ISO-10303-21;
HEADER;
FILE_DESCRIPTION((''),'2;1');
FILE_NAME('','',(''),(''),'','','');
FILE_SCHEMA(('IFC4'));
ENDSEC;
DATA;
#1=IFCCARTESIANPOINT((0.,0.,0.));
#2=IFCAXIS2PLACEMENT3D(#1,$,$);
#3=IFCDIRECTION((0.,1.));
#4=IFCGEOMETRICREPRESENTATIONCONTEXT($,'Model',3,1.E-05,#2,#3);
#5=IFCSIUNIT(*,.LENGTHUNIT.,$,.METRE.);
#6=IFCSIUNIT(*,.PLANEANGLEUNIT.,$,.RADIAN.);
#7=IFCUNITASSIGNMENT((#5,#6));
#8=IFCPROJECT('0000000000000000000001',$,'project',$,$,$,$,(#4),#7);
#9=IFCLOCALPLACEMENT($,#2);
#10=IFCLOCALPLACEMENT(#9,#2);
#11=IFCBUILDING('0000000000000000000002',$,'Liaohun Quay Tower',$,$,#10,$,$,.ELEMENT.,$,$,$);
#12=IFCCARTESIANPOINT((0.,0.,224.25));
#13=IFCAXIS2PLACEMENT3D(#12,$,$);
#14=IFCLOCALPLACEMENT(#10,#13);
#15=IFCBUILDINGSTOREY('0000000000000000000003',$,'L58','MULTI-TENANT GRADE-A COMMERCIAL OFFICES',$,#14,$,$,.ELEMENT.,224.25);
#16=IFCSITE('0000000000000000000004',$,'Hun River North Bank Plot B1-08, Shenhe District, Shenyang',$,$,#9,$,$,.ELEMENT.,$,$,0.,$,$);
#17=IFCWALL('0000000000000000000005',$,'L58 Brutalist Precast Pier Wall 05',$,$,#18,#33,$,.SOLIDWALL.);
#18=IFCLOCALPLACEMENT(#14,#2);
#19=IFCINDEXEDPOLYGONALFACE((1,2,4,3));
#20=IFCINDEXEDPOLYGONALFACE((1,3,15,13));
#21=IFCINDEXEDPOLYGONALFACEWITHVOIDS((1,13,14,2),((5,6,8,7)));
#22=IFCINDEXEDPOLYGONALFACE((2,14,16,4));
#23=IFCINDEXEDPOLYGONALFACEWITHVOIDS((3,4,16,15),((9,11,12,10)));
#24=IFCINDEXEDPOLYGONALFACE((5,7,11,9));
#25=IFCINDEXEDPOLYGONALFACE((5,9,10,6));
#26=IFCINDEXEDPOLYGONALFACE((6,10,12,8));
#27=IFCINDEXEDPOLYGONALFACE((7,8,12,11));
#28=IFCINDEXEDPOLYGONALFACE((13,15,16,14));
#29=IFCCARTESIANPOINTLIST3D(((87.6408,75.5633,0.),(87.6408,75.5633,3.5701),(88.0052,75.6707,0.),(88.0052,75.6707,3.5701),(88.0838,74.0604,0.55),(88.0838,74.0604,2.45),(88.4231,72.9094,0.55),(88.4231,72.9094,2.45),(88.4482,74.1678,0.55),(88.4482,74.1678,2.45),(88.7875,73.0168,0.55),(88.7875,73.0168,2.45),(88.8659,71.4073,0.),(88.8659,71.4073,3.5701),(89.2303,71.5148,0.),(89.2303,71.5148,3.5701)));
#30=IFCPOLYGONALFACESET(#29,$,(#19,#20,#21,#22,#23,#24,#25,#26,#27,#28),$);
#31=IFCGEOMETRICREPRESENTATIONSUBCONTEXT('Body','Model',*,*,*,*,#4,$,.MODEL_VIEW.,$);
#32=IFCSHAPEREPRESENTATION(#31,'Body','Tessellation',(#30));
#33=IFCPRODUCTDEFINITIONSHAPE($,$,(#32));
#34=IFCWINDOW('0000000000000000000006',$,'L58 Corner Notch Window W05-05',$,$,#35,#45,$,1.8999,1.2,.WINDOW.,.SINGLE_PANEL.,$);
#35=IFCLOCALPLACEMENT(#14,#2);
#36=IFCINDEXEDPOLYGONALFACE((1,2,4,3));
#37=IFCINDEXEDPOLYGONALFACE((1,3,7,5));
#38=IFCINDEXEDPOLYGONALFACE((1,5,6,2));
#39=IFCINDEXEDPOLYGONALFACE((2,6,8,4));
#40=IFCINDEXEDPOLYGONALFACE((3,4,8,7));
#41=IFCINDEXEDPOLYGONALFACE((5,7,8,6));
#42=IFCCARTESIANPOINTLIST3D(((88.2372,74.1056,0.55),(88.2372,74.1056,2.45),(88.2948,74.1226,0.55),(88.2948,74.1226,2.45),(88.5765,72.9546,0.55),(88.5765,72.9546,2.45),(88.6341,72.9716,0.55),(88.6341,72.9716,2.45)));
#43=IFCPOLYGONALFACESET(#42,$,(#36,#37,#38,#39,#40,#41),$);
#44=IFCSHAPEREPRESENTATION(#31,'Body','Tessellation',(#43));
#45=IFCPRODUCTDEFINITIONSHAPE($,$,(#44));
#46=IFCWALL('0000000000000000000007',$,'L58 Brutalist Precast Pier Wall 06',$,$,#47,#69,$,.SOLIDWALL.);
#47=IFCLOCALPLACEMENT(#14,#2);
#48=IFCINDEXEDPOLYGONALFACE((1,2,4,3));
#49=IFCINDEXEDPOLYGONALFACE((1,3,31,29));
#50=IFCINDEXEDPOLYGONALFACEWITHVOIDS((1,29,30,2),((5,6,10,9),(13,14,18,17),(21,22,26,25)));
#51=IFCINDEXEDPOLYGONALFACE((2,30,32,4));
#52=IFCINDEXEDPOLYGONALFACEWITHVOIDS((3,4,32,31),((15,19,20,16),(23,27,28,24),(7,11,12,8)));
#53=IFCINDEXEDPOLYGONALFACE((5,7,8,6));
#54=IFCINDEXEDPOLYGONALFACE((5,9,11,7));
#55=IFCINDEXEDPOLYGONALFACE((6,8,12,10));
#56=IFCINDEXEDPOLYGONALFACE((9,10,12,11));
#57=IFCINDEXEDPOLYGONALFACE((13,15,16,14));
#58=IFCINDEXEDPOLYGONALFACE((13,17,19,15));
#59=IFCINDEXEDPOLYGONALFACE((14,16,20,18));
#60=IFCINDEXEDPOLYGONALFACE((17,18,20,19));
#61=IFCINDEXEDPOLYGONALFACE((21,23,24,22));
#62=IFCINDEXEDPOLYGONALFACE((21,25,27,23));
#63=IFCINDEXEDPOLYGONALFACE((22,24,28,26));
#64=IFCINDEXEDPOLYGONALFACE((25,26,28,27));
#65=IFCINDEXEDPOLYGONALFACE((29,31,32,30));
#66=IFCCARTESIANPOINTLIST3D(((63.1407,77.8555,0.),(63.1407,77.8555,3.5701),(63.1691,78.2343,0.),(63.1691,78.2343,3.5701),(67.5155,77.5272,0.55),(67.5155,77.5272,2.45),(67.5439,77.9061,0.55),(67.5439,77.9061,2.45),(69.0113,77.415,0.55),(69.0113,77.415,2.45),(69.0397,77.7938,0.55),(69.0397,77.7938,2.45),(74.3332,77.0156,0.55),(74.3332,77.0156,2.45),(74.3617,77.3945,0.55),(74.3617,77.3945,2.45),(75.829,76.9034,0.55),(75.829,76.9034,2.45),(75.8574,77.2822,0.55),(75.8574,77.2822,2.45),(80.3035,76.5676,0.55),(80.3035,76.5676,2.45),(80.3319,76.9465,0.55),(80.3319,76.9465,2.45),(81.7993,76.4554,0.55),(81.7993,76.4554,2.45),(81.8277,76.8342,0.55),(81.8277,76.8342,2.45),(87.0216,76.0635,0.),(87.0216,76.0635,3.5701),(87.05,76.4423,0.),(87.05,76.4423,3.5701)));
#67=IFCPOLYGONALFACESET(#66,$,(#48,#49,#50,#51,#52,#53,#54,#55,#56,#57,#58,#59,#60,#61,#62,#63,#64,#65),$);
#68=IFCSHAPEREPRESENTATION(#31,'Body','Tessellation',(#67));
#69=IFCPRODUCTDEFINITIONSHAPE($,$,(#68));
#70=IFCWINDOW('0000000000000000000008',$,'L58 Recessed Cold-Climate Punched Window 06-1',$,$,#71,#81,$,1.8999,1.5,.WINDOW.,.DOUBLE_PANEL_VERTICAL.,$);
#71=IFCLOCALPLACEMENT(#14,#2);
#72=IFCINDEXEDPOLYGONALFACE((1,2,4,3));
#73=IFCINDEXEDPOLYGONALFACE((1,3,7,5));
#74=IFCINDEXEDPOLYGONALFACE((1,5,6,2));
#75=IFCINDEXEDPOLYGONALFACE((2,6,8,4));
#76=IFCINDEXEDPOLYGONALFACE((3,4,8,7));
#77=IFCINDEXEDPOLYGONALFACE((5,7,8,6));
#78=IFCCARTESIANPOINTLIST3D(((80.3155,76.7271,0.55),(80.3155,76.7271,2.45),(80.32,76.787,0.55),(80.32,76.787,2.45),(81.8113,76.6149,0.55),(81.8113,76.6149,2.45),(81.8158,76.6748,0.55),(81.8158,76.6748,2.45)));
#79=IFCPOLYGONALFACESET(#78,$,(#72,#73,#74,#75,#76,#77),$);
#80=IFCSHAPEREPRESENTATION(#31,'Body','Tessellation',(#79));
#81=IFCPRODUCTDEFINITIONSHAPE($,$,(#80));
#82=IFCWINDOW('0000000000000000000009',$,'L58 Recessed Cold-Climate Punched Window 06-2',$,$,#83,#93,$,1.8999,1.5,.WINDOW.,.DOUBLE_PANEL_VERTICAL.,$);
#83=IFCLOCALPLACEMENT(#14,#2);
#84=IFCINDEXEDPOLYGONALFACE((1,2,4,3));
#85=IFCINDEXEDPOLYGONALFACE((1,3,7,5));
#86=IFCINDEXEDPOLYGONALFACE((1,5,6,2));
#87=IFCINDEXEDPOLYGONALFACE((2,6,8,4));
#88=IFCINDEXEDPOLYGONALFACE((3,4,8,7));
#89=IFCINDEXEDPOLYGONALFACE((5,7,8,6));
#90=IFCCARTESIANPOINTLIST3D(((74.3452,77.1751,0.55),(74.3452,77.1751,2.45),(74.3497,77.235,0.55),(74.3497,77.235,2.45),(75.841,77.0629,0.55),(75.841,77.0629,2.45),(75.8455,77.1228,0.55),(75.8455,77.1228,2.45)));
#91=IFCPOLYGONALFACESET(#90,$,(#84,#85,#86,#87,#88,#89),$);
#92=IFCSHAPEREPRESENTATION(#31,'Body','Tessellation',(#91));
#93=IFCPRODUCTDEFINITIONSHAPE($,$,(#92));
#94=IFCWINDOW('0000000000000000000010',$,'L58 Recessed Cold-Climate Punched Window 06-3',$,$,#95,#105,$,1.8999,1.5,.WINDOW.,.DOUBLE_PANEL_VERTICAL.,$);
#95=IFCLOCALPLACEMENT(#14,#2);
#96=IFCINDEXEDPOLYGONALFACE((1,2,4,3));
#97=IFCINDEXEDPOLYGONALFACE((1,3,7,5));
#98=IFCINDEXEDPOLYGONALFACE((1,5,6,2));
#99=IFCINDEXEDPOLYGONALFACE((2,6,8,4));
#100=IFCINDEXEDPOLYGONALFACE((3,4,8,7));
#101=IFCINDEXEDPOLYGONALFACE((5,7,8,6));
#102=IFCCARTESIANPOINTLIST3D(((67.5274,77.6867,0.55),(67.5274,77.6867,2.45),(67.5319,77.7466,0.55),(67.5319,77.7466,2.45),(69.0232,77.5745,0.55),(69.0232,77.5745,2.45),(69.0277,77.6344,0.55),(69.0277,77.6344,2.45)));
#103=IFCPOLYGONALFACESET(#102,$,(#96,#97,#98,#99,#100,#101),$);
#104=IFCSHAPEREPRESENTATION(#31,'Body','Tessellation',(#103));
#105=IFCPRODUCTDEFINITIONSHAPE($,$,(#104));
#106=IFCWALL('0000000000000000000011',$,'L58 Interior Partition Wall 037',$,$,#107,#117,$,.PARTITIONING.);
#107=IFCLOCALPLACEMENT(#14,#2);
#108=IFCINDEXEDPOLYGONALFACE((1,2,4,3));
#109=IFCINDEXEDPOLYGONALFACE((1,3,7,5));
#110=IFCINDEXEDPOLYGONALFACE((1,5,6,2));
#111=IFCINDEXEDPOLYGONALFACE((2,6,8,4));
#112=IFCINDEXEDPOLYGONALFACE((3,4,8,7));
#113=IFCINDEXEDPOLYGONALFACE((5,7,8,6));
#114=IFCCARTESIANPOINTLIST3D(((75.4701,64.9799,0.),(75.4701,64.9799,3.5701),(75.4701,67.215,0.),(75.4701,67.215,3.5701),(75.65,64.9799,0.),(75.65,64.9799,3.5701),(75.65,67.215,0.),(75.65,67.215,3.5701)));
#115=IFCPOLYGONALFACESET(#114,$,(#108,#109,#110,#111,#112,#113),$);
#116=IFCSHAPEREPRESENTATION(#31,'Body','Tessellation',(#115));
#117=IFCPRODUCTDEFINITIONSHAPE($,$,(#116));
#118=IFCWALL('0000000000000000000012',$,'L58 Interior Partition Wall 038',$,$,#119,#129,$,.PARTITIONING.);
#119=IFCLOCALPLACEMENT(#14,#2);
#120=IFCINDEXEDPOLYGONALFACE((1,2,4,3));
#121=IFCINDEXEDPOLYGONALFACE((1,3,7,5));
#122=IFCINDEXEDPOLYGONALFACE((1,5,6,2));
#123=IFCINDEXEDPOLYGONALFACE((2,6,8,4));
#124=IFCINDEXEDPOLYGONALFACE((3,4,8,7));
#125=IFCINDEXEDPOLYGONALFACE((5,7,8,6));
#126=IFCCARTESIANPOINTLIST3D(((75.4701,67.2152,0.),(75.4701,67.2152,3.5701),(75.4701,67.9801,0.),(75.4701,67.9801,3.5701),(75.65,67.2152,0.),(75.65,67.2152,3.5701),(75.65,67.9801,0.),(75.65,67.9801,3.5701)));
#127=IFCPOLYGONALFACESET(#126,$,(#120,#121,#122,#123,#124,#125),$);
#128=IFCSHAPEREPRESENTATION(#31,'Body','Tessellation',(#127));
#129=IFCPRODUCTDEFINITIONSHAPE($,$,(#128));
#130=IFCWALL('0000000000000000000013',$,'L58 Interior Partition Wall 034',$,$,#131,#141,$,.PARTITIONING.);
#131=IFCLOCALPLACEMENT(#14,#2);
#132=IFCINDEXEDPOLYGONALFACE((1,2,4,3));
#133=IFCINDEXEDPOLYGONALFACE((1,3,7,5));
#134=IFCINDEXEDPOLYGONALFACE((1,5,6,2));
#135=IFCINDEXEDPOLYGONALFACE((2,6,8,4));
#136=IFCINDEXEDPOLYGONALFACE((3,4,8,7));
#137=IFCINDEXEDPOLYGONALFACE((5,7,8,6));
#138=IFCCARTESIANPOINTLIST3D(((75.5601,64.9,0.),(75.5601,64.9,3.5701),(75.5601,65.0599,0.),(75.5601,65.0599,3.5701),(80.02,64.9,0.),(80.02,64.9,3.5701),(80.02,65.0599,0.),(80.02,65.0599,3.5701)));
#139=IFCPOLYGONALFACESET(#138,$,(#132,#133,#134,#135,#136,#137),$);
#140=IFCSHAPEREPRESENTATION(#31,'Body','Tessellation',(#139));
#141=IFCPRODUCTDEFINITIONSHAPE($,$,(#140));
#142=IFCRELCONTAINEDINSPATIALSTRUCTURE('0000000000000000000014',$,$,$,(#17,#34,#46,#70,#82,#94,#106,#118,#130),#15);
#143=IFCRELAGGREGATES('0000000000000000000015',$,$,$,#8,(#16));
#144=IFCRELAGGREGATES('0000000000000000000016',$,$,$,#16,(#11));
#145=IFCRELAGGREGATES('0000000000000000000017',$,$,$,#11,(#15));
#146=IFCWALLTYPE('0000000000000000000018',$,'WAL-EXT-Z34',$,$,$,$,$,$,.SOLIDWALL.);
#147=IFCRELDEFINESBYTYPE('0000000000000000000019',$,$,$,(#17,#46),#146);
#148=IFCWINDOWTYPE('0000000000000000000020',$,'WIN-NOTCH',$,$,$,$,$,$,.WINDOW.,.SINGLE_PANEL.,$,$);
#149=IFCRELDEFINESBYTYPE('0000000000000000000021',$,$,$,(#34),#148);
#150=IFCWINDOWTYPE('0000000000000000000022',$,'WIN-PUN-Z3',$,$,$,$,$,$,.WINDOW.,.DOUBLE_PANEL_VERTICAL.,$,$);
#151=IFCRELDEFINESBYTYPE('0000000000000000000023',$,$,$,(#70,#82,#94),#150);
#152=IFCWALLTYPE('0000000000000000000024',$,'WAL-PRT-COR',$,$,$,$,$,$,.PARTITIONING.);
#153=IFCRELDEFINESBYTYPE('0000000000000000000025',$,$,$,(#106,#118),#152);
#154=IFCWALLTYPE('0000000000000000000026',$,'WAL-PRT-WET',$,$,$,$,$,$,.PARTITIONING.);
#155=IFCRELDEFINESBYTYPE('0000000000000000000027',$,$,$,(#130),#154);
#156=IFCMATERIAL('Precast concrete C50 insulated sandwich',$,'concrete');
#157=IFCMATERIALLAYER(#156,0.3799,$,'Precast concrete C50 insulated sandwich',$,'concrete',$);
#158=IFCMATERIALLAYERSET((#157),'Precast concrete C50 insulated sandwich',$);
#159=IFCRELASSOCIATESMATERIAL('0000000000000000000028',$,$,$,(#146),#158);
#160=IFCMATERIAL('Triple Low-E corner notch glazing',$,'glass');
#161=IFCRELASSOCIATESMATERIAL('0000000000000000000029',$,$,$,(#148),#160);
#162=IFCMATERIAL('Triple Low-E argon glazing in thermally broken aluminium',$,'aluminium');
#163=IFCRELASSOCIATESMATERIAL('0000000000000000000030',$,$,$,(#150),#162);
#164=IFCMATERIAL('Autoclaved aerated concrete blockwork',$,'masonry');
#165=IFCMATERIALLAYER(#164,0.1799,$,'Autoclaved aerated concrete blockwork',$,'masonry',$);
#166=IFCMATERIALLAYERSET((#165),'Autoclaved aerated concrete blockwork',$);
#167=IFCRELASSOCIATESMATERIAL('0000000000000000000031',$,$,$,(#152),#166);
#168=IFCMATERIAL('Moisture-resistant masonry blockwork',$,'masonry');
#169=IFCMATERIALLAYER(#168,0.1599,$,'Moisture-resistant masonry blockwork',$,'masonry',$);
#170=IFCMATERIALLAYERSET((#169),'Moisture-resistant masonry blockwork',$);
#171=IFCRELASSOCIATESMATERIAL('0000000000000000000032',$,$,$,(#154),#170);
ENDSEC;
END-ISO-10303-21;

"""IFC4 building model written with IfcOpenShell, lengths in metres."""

from ifc_helpers import new_model, si_unit, direction, frame, frame_2d, origin, place, context, subcontext, project, spatial, rectangle, extrude, source, transform, mapped, material, layer, layer_set, type_object, element, fill, save


model = new_model("IFC4")

# Units and contexts
model_context = context("Model", 3, precision=1e-05, world=origin(), true_north=direction((0.0, 1.0)))
body_context = subcontext(model_context, "Body", "Model", "MODEL_VIEW")
ifc_project = project(units=[si_unit("LENGTHUNIT", "METRE"), si_unit("PLANEANGLEUNIT", "RADIAN")], contexts=[model_context])

# Site, building, storey
site_placement = place(None, origin())
site = spatial("IfcSite", under=ifc_project, at=site_placement, Name="Hun River North Bank Plot B1-08, Shenhe District, Shenyang", CompositionType="ELEMENT", RefElevation=0.0)
building_placement = place(site_placement, origin())
building = spatial("IfcBuilding", under=site, at=building_placement, Name="Liaohun Quay Tower", CompositionType="ELEMENT")
storey_placement = place(building_placement, frame((0.0, 0.0, 224.25)))
storey = spatial("IfcBuildingStorey", under=building, at=storey_placement, Name="L58", Description="MULTI-TENANT GRADE-A COMMERCIAL OFFICES", CompositionType="ELEMENT", Elevation=224.25)

# Wall, opening, window
ifc_material_1 = material(Name="Precast concrete C50 insulated sandwich", Category="concrete")
ifc_layer_1 = layer(ifc_material_1, 0.3799, Name="Precast concrete C50 insulated sandwich", Category="concrete")
ifc_layer_set_1 = layer_set([ifc_layer_1], Name="Precast concrete C50 insulated sandwich")
wall_type_1 = type_object("IfcWallType", Name="WAL-EXT-Z34", PredefinedType="SOLIDWALL", material=ifc_layer_set_1)
shared_shape_1 = source(origin(), body_context, "Body", "SweptSolid", [
    extrude(rectangle(XDim=1.2, YDim=1.8999, at=frame_2d((0.6001, 0.95))), frame((0.0, 0.2, 0.0), z_axis=(0.0, -1.0, 0.0), x_axis=(1.0, 0.0, 0.0)), (0.0, 0.0, 1.0), 0.3999),
])
ifc_material_2 = material(Name="Triple Low-E corner notch glazing", Category="glass")
window_type_1 = type_object("IfcWindowType", Name="WIN-NOTCH", PartitioningType="SINGLE_PANEL", PredefinedType="WINDOW", material=ifc_material_2)
shared_shape_2 = source(origin(), body_context, "Body", "SweptSolid", [
    extrude(rectangle(XDim=1.2, YDim=1.8999, at=frame_2d((0.6001, 0.95))), frame((0.0, 0.03, 0.0), z_axis=(0.0, -1.0, 0.0), x_axis=(1.0, 0.0, 0.0)), (0.0, 0.0, 1.0), 0.0601),
])
wall_1_placement = place(storey_placement, frame((89.0481, 71.4609, 0.0), z_axis=(0.0, 0.0, 1.0), x_axis=(-0.282749, 0.959194, 0.0)))
wall_1 = element("IfcWall", 1, at=wall_1_placement, inside=storey, type_object=wall_type_1, Name="L58 Brutalist Precast Pier Wall 05", PredefinedType="SOLIDWALL", context=body_context, shape_type="SweptSolid", body=[
    extrude(rectangle(XDim=4.3328, YDim=0.3799, at=frame_2d((2.1665, 0.0))), origin(), (0.0, 0.0, 1.0), 3.5701),
])
opening_1_placement = place(wall_1_placement, frame((1.5659, 0.0, 0.55)))
opening_1 = element("IfcOpeningElement", 2, at=opening_1_placement, cuts=wall_1, PredefinedType="OPENING", context=body_context, shape_type="MappedRepresentation", body=[
    mapped(shared_shape_1, transform((0.0, 0.0, 0.0), x_axis=(1.0, 0.0, 0.0), y_axis=(0.0, 1.0, 0.0), z_axis=(0.0, 0.0, 1.0), scale=1.0)),
])
window_1_placement = place(opening_1_placement, origin())
window_1 = element("IfcWindow", 3, at=window_1_placement, inside=storey, type_object=window_type_1, Name="L58 Corner Notch Window W05-05", OverallHeight=1.8999, OverallWidth=1.2, PartitioningType="SINGLE_PANEL", PredefinedType="WINDOW", context=body_context, shape_type="MappedRepresentation", body=[
    mapped(shared_shape_2, transform((0.0, 0.0, 0.0), x_axis=(1.0, 0.0, 0.0), y_axis=(0.0, 1.0, 0.0), z_axis=(0.0, 0.0, 1.0), scale=1.0)),
])
fill(opening_1, window_1)

# Wall, openings, windows
wall_2_placement = place(storey_placement, frame((87.0359, 76.2529, 0.0), z_axis=(0.0, 0.0, 1.0), x_axis=(-0.997196, 0.074828, 0.0)))
wall_2 = element("IfcWall", 4, at=wall_2_placement, inside=storey, type_object=wall_type_1, Name="L58 Brutalist Precast Pier Wall 06", PredefinedType="SOLIDWALL", context=body_context, shape_type="SweptSolid", body=[
    extrude(rectangle(XDim=23.948, YDim=0.3799, at=frame_2d((11.9741, 0.0))), origin(), (0.0, 0.0, 1.0), 3.5701),
])
shared_shape_3 = source(origin(), body_context, "Body", "SweptSolid", [
    extrude(rectangle(XDim=1.5, YDim=1.8999, at=frame_2d((0.75, 0.95))), frame((0.0, 0.2, 0.0), z_axis=(0.0, -1.0, 0.0), x_axis=(1.0, 0.0, 0.0)), (0.0, 0.0, 1.0), 0.3999),
])
opening_2_placement = place(wall_2_placement, frame((5.2371, 0.0, 0.55)))
opening_2 = element("IfcOpeningElement", 5, at=opening_2_placement, cuts=wall_2, PredefinedType="OPENING", context=body_context, shape_type="MappedRepresentation", body=[
    mapped(shared_shape_3, transform((0.0, 0.0, 0.0), x_axis=(1.0, 0.0, 0.0), y_axis=(0.0, 1.0, 0.0), z_axis=(0.0, 0.0, 1.0), scale=1.0)),
])
opening_3_placement = place(wall_2_placement, frame((11.2241, 0.0, 0.55)))
opening_3 = element("IfcOpeningElement", 6, at=opening_3_placement, cuts=wall_2, PredefinedType="OPENING", context=body_context, shape_type="MappedRepresentation", body=[
    mapped(shared_shape_3, transform((0.0, 0.0, 0.0), x_axis=(1.0, 0.0, 0.0), y_axis=(0.0, 1.0, 0.0), z_axis=(0.0, 0.0, 1.0), scale=1.0)),
])
opening_4_placement = place(wall_2_placement, frame((18.061, 0.0, 0.55)))
opening_4 = element("IfcOpeningElement", 7, at=opening_4_placement, cuts=wall_2, PredefinedType="OPENING", context=body_context, shape_type="MappedRepresentation", body=[
    mapped(shared_shape_3, transform((0.0, 0.0, 0.0), x_axis=(1.0, 0.0, 0.0), y_axis=(0.0, 1.0, 0.0), z_axis=(0.0, 0.0, 1.0), scale=1.0)),
])
ifc_material_3 = material(Name="Triple Low-E argon glazing in thermally broken aluminium", Category="aluminium")
window_type_2 = type_object("IfcWindowType", Name="WIN-PUN-Z3", PartitioningType="DOUBLE_PANEL_VERTICAL", PredefinedType="WINDOW", material=ifc_material_3)
shared_shape_4 = source(origin(), body_context, "Body", "SweptSolid", [
    extrude(rectangle(XDim=1.5, YDim=1.8999, at=frame_2d((0.75, 0.95))), frame((0.0, 0.03, 0.0), z_axis=(0.0, -1.0, 0.0), x_axis=(1.0, 0.0, 0.0)), (0.0, 0.0, 1.0), 0.0601),
])
window_2_placement = place(opening_2_placement, origin())
window_2 = element("IfcWindow", 8, at=window_2_placement, inside=storey, type_object=window_type_2, Name="L58 Recessed Cold-Climate Punched Window 06-1", OverallHeight=1.8999, OverallWidth=1.5, PartitioningType="DOUBLE_PANEL_VERTICAL", PredefinedType="WINDOW", context=body_context, shape_type="MappedRepresentation", body=[
    mapped(shared_shape_4, transform((0.0, 0.0, 0.0), x_axis=(1.0, 0.0, 0.0), y_axis=(0.0, 1.0, 0.0), z_axis=(0.0, 0.0, 1.0), scale=1.0)),
])
fill(opening_2, window_2)
window_3_placement = place(opening_3_placement, origin())
window_3 = element("IfcWindow", 9, at=window_3_placement, inside=storey, type_object=window_type_2, Name="L58 Recessed Cold-Climate Punched Window 06-2", OverallHeight=1.8999, OverallWidth=1.5, PartitioningType="DOUBLE_PANEL_VERTICAL", PredefinedType="WINDOW", context=body_context, shape_type="MappedRepresentation", body=[
    mapped(shared_shape_4, transform((0.0, 0.0, 0.0), x_axis=(1.0, 0.0, 0.0), y_axis=(0.0, 1.0, 0.0), z_axis=(0.0, 0.0, 1.0), scale=1.0)),
])
fill(opening_3, window_3)
window_4_placement = place(opening_4_placement, origin())
window_4 = element("IfcWindow", 10, at=window_4_placement, inside=storey, type_object=window_type_2, Name="L58 Recessed Cold-Climate Punched Window 06-3", OverallHeight=1.8999, OverallWidth=1.5, PartitioningType="DOUBLE_PANEL_VERTICAL", PredefinedType="WINDOW", context=body_context, shape_type="MappedRepresentation", body=[
    mapped(shared_shape_4, transform((0.0, 0.0, 0.0), x_axis=(1.0, 0.0, 0.0), y_axis=(0.0, 1.0, 0.0), z_axis=(0.0, 0.0, 1.0), scale=1.0)),
])
fill(opening_4, window_4)

# Walls
ifc_material_4 = material(Name="Autoclaved aerated concrete blockwork", Category="masonry")
ifc_layer_2 = layer(ifc_material_4, 0.1799, Name="Autoclaved aerated concrete blockwork", Category="masonry")
ifc_layer_set_2 = layer_set([ifc_layer_2], Name="Autoclaved aerated concrete blockwork")
wall_type_2 = type_object("IfcWallType", Name="WAL-PRT-COR", PredefinedType="PARTITIONING", material=ifc_layer_set_2)
wall_3_placement = place(storey_placement, frame((75.5601, 67.2151, 0.0), z_axis=(0.0, 0.0, 1.0), x_axis=(0.0, -1.0, 0.0)))
element("IfcWall", 11, at=wall_3_placement, inside=storey, type_object=wall_type_2, Name="L58 Interior Partition Wall 037", PredefinedType="PARTITIONING", context=body_context, shape_type="SweptSolid", body=[
    extrude(rectangle(XDim=2.2351, YDim=0.1799, at=frame_2d((1.1177, 0.0))), origin(), (0.0, 0.0, 1.0), 3.5701),
])
wall_4_placement = place(storey_placement, frame((75.5601, 67.98, 0.0), z_axis=(0.0, 0.0, 1.0), x_axis=(0.0, -1.0, 0.0)))
element("IfcWall", 12, at=wall_4_placement, inside=storey, type_object=wall_type_2, Name="L58 Interior Partition Wall 038", PredefinedType="PARTITIONING", context=body_context, shape_type="SweptSolid", body=[
    extrude(rectangle(XDim=0.7649, YDim=0.1799, at=frame_2d((0.3823, 0.0))), origin(), (0.0, 0.0, 1.0), 3.5701),
])
ifc_material_5 = material(Name="Moisture-resistant masonry blockwork", Category="masonry")
ifc_layer_3 = layer(ifc_material_5, 0.1599, Name="Moisture-resistant masonry blockwork", Category="masonry")
ifc_layer_set_3 = layer_set([ifc_layer_3], Name="Moisture-resistant masonry blockwork")
wall_type_3 = type_object("IfcWallType", Name="WAL-PRT-WET", PredefinedType="PARTITIONING", material=ifc_layer_set_3)
wall_5_placement = place(storey_placement, frame((75.5601, 64.98, 0.0), z_axis=(0.0, 0.0, 1.0), x_axis=(1.0, 0.0, 0.0)))
element("IfcWall", 13, at=wall_5_placement, inside=storey, type_object=wall_type_3, Name="L58 Interior Partition Wall 034", PredefinedType="PARTITIONING", context=body_context, shape_type="SweptSolid", body=[
    extrude(rectangle(XDim=4.46, YDim=0.1599, at=frame_2d((2.23, 0.0))), origin(), (0.0, 0.0, 1.0), 3.5701),
])

save(model, "model.ifc")
